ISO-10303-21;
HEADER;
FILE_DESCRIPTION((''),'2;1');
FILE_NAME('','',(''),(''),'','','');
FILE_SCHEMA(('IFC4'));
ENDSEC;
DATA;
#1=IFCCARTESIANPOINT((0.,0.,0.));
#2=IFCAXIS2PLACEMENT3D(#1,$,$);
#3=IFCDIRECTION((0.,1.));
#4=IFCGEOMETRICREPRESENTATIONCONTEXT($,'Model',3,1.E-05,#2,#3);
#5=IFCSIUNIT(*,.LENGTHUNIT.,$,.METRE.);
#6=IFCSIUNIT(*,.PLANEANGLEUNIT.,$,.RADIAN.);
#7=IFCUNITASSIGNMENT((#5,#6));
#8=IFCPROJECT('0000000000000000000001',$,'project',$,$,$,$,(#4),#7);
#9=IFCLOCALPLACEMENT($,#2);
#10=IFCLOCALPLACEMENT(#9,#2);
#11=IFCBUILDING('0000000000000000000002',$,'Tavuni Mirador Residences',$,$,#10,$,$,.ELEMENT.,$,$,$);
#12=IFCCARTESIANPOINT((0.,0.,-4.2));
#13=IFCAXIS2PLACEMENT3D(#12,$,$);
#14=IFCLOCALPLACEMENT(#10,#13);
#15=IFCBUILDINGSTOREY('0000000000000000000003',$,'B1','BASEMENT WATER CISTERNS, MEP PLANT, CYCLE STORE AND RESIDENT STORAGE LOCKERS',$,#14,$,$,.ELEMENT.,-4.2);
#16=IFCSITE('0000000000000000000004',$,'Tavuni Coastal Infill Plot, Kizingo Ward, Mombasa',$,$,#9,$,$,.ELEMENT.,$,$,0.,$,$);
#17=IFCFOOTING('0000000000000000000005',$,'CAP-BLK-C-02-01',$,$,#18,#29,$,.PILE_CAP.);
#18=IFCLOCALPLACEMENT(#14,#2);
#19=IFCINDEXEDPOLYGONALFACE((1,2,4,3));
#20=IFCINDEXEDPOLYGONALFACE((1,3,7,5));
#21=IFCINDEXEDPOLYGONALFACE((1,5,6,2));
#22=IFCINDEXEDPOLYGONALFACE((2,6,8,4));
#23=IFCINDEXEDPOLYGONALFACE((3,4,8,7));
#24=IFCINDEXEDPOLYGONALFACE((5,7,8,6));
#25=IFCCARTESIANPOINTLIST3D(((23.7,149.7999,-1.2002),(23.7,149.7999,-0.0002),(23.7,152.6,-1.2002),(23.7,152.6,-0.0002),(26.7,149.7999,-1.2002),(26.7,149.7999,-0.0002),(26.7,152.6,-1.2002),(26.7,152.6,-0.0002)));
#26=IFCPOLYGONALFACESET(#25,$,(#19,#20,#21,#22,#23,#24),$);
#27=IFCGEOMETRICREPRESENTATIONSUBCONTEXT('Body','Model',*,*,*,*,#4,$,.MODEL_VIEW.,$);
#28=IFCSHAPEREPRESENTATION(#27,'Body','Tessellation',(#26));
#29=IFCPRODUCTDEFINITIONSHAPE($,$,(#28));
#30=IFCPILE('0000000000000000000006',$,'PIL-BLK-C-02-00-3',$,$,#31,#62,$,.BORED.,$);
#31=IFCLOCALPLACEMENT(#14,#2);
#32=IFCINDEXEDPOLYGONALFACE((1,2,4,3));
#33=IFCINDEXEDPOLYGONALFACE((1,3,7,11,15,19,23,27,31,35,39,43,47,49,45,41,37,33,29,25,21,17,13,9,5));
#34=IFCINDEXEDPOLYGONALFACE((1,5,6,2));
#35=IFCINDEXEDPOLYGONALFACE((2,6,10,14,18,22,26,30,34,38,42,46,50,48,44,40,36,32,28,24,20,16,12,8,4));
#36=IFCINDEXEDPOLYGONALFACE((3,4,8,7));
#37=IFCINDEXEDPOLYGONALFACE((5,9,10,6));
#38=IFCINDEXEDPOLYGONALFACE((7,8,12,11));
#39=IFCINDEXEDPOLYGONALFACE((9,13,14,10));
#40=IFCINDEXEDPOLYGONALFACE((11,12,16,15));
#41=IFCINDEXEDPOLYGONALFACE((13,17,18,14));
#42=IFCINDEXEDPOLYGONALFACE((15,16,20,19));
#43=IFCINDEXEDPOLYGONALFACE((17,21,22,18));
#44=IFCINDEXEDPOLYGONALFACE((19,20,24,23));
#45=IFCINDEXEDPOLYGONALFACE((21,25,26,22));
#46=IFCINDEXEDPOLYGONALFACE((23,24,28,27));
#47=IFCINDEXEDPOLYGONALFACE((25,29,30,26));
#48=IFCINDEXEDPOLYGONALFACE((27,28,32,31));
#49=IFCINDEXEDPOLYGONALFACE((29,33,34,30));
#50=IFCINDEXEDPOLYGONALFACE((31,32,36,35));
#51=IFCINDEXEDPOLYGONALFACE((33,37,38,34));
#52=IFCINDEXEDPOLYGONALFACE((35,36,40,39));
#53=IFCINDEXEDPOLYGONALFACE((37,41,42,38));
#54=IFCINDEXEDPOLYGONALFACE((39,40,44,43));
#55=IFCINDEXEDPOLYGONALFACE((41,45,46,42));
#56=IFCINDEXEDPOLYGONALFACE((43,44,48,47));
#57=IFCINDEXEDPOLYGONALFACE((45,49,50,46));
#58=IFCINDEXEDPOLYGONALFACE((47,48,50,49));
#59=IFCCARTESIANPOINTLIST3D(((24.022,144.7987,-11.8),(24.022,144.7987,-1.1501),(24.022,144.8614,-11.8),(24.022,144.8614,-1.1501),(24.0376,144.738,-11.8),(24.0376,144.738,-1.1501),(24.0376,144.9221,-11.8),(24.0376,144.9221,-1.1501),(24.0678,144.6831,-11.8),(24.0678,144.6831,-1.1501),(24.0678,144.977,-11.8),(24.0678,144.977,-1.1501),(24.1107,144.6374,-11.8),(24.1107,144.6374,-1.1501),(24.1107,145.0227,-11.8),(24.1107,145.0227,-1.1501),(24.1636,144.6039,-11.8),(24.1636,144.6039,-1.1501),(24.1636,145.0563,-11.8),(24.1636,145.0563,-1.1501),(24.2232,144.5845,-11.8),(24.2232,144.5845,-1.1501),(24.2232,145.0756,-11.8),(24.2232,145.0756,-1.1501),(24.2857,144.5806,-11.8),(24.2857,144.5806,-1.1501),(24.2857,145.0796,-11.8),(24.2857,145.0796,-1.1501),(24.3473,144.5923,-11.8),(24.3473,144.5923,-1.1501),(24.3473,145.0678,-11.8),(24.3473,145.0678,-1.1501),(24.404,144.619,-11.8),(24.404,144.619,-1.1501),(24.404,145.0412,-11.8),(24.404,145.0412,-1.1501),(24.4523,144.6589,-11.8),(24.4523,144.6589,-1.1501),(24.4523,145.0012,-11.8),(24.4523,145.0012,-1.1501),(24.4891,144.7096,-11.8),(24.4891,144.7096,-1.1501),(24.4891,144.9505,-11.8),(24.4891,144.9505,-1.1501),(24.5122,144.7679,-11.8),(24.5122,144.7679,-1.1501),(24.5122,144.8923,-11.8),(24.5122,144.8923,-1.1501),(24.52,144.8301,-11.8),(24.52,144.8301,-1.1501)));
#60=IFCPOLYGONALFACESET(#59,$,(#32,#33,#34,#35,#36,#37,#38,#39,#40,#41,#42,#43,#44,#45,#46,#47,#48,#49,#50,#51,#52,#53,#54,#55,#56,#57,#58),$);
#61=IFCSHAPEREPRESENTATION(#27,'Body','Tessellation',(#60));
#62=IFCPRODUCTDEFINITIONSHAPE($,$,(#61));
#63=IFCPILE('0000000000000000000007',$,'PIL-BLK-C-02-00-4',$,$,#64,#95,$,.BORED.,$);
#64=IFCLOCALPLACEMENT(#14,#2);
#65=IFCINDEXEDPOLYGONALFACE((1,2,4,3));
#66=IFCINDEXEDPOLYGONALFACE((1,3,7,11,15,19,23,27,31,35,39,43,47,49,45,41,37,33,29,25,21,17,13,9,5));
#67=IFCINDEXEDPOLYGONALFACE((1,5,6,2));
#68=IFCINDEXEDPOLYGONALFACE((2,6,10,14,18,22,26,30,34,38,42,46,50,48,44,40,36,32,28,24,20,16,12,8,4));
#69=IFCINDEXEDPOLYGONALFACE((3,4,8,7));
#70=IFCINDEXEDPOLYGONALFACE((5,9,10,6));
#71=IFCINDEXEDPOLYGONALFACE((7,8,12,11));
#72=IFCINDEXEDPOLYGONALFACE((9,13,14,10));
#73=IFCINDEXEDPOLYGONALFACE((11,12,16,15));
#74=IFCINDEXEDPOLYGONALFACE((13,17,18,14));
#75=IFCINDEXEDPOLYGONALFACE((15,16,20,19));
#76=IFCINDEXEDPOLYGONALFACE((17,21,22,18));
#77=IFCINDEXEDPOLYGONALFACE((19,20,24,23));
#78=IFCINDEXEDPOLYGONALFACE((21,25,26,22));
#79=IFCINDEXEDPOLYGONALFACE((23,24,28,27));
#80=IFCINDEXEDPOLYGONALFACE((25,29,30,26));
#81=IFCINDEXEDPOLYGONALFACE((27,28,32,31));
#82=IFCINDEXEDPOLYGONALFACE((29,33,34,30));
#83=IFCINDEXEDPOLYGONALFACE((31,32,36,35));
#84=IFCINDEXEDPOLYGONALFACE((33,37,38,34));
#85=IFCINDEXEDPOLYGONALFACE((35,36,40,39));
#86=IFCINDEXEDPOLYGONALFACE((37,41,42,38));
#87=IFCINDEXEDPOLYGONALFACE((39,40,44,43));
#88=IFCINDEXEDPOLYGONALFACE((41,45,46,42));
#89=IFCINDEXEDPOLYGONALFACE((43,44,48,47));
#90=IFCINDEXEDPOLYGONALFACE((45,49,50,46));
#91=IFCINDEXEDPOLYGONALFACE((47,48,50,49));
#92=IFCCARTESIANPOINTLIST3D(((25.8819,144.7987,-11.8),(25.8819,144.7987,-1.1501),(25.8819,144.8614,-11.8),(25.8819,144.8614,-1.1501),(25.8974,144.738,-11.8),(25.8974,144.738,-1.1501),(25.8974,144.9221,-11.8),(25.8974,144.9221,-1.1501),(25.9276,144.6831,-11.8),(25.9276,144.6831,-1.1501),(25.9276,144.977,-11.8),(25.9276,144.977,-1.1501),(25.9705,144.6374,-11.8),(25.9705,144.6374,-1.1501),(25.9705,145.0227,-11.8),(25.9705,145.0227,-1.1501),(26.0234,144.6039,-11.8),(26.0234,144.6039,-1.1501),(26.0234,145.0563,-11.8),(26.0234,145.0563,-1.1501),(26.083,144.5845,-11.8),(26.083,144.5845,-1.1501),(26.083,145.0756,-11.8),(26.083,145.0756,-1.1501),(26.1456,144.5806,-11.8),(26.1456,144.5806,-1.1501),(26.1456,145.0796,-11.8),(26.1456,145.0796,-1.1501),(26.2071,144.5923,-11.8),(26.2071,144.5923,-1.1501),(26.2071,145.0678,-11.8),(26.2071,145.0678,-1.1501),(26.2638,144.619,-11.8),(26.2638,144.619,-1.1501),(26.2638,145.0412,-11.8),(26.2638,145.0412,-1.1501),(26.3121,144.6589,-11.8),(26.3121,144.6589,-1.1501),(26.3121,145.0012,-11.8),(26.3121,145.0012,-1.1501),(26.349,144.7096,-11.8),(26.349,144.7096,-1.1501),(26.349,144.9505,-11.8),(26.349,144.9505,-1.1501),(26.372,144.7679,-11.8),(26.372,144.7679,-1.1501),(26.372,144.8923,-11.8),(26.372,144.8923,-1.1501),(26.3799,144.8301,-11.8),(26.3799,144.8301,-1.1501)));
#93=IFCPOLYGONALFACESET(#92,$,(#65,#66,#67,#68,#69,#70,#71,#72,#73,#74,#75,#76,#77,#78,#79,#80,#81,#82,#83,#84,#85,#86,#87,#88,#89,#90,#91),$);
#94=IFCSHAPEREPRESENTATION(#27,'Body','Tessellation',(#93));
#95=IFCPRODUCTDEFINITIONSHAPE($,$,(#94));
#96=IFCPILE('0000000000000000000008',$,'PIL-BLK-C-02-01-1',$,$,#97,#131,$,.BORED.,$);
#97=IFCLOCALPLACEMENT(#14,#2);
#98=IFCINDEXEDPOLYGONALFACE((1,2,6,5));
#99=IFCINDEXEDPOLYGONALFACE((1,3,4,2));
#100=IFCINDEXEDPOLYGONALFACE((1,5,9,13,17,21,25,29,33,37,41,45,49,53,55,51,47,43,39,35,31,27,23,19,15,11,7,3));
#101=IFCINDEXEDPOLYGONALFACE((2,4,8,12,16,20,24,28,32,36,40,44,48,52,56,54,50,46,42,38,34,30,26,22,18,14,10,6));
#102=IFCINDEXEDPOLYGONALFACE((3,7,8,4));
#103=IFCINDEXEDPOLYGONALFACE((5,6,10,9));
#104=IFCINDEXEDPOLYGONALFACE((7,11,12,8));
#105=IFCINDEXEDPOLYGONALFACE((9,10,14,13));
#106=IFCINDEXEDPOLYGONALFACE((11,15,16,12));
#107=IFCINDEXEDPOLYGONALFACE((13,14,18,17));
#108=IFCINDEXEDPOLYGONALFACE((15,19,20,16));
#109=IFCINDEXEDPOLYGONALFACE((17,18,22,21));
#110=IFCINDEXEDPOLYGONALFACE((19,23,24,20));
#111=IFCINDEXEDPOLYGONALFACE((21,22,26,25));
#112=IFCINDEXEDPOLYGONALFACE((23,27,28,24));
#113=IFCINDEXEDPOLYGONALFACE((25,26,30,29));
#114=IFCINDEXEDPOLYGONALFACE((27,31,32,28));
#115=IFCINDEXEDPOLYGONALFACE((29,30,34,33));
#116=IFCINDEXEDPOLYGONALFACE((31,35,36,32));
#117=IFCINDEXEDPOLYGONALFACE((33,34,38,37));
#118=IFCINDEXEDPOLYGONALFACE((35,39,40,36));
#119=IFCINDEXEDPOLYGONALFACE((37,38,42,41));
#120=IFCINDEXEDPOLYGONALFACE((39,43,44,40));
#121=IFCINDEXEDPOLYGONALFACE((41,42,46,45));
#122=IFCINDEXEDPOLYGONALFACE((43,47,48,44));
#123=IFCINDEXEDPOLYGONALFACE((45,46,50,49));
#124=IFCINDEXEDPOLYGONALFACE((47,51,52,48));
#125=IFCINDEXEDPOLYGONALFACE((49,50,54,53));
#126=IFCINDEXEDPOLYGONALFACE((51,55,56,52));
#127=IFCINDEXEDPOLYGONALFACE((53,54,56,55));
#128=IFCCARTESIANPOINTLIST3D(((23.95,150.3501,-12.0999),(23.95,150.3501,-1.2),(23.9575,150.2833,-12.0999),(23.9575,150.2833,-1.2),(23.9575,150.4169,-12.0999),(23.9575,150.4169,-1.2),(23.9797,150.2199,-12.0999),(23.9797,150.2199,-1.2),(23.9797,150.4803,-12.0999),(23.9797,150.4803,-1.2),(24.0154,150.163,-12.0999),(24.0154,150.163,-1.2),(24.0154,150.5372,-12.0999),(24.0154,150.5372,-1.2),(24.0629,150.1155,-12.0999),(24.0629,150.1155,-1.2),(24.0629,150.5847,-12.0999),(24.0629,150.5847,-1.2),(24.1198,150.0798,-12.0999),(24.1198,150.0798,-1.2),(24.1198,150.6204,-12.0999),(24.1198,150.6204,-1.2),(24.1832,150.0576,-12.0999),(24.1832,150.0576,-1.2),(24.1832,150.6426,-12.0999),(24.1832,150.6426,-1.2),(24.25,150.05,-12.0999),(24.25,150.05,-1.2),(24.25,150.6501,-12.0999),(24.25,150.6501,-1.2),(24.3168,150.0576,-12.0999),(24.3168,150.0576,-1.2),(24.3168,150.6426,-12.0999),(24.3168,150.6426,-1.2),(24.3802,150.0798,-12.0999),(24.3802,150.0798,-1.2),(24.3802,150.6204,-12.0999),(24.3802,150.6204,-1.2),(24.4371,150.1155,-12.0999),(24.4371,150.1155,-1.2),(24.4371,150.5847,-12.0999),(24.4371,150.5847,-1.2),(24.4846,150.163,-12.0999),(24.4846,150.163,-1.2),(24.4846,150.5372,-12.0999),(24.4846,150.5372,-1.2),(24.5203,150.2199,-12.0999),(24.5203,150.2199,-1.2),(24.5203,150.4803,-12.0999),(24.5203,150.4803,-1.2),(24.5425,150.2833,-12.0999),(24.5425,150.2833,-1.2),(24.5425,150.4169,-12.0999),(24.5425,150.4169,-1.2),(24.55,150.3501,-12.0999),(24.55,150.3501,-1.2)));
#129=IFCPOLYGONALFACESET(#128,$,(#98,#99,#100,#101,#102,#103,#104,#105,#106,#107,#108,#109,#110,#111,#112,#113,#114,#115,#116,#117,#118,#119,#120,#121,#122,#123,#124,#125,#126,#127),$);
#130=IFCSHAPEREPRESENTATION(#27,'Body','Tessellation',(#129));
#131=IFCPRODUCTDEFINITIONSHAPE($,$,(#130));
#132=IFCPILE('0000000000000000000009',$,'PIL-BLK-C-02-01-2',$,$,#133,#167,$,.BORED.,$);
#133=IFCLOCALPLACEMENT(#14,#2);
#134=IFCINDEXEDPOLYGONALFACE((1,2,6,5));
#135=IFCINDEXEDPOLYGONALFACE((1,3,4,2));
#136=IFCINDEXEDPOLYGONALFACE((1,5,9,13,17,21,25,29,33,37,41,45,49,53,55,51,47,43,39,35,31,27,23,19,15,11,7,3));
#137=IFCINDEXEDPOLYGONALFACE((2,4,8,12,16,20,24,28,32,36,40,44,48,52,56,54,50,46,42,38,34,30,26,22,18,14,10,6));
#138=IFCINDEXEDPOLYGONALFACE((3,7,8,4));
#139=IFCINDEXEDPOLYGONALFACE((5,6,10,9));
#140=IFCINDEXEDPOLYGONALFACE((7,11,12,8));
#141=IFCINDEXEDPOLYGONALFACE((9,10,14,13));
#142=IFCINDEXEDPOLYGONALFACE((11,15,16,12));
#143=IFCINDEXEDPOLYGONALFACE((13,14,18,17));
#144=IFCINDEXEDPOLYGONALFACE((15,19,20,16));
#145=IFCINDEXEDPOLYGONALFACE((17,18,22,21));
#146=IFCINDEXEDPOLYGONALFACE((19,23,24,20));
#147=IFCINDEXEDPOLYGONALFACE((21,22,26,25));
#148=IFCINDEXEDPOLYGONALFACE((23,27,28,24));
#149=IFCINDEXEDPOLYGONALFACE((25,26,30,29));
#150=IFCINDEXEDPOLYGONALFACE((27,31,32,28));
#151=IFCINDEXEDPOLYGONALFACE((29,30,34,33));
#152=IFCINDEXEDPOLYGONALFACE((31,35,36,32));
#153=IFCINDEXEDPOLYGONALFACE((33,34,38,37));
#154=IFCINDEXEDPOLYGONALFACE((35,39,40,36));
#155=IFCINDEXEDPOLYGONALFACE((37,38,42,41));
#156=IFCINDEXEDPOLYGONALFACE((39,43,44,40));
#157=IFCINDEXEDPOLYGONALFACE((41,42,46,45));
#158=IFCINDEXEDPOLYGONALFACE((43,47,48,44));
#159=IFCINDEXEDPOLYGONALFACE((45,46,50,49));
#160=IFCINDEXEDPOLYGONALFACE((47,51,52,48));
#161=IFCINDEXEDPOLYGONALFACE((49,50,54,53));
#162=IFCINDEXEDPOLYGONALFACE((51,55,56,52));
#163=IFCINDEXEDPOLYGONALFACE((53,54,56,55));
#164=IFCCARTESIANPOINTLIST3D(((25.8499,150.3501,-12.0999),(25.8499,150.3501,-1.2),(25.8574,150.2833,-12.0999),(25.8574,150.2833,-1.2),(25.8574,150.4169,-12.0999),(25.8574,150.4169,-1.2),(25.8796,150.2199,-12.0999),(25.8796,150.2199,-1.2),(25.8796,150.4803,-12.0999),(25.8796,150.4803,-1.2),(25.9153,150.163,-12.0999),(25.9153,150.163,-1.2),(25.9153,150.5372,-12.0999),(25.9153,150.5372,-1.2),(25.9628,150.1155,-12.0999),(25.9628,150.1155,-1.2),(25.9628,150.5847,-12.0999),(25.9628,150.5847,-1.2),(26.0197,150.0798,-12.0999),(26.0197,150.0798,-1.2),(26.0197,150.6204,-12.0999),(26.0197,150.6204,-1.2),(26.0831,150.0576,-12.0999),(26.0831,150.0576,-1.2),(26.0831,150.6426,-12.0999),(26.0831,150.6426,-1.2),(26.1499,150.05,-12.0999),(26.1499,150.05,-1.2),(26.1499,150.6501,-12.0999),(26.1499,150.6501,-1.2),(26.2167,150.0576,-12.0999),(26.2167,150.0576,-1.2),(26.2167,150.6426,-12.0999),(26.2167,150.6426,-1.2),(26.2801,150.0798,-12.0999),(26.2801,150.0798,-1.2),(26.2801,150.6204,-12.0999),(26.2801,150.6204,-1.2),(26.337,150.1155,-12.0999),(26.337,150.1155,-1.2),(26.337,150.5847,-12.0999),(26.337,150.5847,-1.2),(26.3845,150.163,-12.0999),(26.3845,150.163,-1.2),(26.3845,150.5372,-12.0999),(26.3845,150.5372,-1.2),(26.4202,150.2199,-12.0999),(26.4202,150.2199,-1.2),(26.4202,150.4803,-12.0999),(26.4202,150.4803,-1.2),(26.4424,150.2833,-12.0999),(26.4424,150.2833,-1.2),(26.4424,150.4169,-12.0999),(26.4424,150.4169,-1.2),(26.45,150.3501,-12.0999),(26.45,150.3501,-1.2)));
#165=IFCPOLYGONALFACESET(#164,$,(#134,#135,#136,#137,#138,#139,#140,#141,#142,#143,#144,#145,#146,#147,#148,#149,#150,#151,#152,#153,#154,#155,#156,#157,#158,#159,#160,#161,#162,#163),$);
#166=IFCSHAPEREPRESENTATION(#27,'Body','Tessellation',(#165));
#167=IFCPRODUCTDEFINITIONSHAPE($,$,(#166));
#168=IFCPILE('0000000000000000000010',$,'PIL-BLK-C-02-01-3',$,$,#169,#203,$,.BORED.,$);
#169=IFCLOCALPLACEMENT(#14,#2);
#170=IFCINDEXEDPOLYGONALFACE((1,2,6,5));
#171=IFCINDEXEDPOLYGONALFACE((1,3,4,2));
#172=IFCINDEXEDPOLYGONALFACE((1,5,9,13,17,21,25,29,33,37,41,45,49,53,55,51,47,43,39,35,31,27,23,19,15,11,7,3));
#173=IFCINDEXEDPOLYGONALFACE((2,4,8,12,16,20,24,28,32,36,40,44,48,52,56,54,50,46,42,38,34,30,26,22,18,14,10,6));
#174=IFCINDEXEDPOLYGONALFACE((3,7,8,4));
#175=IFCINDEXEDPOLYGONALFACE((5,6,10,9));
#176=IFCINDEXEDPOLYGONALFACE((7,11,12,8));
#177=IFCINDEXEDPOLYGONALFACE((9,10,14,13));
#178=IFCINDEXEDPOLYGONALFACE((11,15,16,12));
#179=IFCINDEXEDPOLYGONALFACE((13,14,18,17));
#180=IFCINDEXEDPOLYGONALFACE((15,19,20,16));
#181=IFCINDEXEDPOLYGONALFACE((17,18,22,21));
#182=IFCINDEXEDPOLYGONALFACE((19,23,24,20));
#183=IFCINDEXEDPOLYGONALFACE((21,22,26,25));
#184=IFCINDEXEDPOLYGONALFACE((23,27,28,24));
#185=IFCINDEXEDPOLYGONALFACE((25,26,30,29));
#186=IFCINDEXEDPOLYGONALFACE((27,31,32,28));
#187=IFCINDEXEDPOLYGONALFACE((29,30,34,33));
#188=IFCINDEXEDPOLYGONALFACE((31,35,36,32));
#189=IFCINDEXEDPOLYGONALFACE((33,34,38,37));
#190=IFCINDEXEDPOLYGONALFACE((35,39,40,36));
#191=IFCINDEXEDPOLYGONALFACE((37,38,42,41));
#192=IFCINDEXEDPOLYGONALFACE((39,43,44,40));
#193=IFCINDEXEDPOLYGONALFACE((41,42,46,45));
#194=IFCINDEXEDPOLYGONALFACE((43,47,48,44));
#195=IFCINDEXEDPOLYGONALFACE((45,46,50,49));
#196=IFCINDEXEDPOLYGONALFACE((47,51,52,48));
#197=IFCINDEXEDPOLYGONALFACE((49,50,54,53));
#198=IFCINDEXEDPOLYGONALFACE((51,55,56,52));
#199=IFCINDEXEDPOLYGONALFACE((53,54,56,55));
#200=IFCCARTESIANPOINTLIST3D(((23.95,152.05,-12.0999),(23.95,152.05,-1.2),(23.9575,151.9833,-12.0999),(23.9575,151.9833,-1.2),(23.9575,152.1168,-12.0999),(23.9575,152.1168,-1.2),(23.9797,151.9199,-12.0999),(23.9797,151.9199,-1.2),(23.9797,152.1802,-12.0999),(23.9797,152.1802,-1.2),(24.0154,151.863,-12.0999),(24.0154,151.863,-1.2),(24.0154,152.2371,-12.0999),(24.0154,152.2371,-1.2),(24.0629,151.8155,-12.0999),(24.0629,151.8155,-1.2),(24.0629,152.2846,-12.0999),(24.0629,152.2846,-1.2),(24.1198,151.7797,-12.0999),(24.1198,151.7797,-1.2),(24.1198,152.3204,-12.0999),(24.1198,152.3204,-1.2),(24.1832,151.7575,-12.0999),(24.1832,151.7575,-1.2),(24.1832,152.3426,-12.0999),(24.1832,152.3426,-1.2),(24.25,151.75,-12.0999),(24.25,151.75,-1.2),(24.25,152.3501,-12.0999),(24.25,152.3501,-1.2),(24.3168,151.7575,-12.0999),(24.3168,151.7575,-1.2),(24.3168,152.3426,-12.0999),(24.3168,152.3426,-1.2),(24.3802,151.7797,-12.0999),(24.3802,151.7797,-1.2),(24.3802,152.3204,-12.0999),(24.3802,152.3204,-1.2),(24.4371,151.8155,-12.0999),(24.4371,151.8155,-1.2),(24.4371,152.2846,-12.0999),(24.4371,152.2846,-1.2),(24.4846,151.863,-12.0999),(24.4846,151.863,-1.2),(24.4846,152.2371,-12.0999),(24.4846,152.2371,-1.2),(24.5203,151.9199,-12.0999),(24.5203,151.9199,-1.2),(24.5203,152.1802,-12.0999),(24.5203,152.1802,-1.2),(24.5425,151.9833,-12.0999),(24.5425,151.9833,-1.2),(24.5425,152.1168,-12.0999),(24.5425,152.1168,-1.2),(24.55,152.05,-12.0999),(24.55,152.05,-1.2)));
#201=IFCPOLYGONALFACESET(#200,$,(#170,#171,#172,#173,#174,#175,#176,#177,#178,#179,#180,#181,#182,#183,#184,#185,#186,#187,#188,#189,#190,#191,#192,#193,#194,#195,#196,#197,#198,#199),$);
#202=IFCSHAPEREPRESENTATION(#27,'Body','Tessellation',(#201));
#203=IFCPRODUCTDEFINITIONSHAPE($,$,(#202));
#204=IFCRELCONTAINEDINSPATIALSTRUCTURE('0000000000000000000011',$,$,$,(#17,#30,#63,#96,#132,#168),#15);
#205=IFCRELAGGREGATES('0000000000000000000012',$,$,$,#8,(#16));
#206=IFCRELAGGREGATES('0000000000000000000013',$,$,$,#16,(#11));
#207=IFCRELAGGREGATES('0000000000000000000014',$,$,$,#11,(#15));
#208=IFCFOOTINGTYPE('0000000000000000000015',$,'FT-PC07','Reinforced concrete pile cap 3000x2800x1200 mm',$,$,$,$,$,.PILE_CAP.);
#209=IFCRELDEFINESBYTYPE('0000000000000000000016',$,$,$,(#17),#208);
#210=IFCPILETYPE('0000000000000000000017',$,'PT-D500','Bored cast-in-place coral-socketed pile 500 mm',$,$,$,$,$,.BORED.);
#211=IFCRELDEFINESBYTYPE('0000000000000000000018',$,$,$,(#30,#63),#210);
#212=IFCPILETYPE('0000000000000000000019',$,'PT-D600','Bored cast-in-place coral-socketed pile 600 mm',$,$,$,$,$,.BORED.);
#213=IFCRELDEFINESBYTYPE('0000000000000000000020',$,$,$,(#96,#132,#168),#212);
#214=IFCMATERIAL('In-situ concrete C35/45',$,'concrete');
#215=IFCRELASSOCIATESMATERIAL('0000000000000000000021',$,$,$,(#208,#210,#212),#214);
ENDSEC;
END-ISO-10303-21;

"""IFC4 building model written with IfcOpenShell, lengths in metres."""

from ifc_helpers import new_model, si_unit, direction, frame, origin, origin_2d, place, context, subcontext, project, spatial, rectangle, circle, extrude, material, material_profile, profile_set, type_object, element, save


model = new_model("IFC4")

# Units and contexts
model_context = context("Model", 3, precision=1e-05, world=origin(), true_north=direction((0.0, 1.0)))
body_context = subcontext(model_context, "Body", "Model", "MODEL_VIEW")
ifc_project = project(units=[si_unit("LENGTHUNIT", "METRE"), si_unit("PLANEANGLEUNIT", "RADIAN")], contexts=[model_context])

# Site, building, storey
site_placement = place(None, origin())
site = spatial("IfcSite", under=ifc_project, at=site_placement, Name="Tavuni Coastal Infill Plot, Kizingo Ward, Mombasa", CompositionType="ELEMENT", RefElevation=0.0)
building_placement = place(site_placement, origin())
building = spatial("IfcBuilding", under=site, at=building_placement, Name="Tavuni Mirador Residences", CompositionType="ELEMENT")
storey_placement = place(building_placement, frame((0.0, 0.0, -4.2)))
storey = spatial("IfcBuildingStorey", under=building, at=storey_placement, Name="B1", Description="BASEMENT WATER CISTERNS, MEP PLANT, CYCLE STORE AND RESIDENT STORAGE LOCKERS", CompositionType="ELEMENT", Elevation=-4.2)

# Footing
ifc_material_1 = material(Name="In-situ concrete C35/45", Category="concrete")
footing_type = type_object("IfcFootingType", Name="FT-PC07", Description="Reinforced concrete pile cap 3000x2800x1200 mm", PredefinedType="PILE_CAP", material=ifc_material_1)
footing_placement = place(storey_placement, frame((25.2, 151.2, -1.2002), z_axis=(0.0, 0.0, 1.0), x_axis=(1.0, 0.0, 0.0)))
element("IfcFooting", 1, at=footing_placement, inside=storey, type_object=footing_type, Name="CAP-BLK-C-02-01", PredefinedType="PILE_CAP", context=body_context, shape_type="SweptSolid", body=[
    extrude(rectangle(XDim=3.0, YDim=2.8, at=origin_2d()), origin(), (0.0, 0.0, 1.0), 1.2),
])

# Piles
ifc_material_profile_1 = material_profile(ifc_material_1, circle(Radius=0.25, at=origin_2d()), Name="PILE D500", Category="concrete")
ifc_profile_set_1 = profile_set([ifc_material_profile_1], Name="In-situ concrete C35/45")
pile_type_1 = type_object("IfcPileType", Name="PT-D500", Description="Bored cast-in-place coral-socketed pile 500 mm", PredefinedType="BORED", material=ifc_profile_set_1)
for number, where, z_axis, x_axis, name in (
    (2, (24.27, 144.8301, -1.1501), (0.0, 0.0, -1.0), (1.0, 0.0, 0.0), "PIL-BLK-C-02-00-3"),
    (3, (26.1299, 144.8301, -1.1501), (0.0, 0.0, -1.0), (1.0, 0.0, 0.0), "PIL-BLK-C-02-00-4"),
):
    element("IfcPile", number, at=place(storey_placement, frame(where, z_axis=z_axis, x_axis=x_axis)), inside=storey, type_object=pile_type_1, Name=name, PredefinedType="BORED", context=body_context, shape_type="SweptSolid", body=[
        extrude(circle(Radius=0.25, at=origin_2d()), origin(), (0.0, 0.0, 1.0), 10.6499),
    ])
ifc_material_profile_2 = material_profile(ifc_material_1, circle(Radius=0.3, at=origin_2d()), Name="PILE D600", Category="concrete")
ifc_profile_set_2 = profile_set([ifc_material_profile_2], Name="In-situ concrete C35/45")
pile_type_2 = type_object("IfcPileType", Name="PT-D600", Description="Bored cast-in-place coral-socketed pile 600 mm", PredefinedType="BORED", material=ifc_profile_set_2)
for number, where, z_axis, x_axis, name in (
    (4, (24.25, 150.3501, -1.2), (0.0, 0.0, -1.0), (1.0, 0.0, 0.0), "PIL-BLK-C-02-01-1"),
    (5, (26.1499, 150.3501, -1.2), (0.0, 0.0, -1.0), (1.0, 0.0, 0.0), "PIL-BLK-C-02-01-2"),
    (6, (24.25, 152.05, -1.2), (0.0, 0.0, -1.0), (1.0, 0.0, 0.0), "PIL-BLK-C-02-01-3"),
):
    element("IfcPile", number, at=place(storey_placement, frame(where, z_axis=z_axis, x_axis=x_axis)), inside=storey, type_object=pile_type_2, Name=name, PredefinedType="BORED", context=body_context, shape_type="SweptSolid", body=[
        extrude(circle(Radius=0.3, at=origin_2d()), origin(), (0.0, 0.0, 1.0), 10.8999),
    ])

save(model, "model.ifc")
